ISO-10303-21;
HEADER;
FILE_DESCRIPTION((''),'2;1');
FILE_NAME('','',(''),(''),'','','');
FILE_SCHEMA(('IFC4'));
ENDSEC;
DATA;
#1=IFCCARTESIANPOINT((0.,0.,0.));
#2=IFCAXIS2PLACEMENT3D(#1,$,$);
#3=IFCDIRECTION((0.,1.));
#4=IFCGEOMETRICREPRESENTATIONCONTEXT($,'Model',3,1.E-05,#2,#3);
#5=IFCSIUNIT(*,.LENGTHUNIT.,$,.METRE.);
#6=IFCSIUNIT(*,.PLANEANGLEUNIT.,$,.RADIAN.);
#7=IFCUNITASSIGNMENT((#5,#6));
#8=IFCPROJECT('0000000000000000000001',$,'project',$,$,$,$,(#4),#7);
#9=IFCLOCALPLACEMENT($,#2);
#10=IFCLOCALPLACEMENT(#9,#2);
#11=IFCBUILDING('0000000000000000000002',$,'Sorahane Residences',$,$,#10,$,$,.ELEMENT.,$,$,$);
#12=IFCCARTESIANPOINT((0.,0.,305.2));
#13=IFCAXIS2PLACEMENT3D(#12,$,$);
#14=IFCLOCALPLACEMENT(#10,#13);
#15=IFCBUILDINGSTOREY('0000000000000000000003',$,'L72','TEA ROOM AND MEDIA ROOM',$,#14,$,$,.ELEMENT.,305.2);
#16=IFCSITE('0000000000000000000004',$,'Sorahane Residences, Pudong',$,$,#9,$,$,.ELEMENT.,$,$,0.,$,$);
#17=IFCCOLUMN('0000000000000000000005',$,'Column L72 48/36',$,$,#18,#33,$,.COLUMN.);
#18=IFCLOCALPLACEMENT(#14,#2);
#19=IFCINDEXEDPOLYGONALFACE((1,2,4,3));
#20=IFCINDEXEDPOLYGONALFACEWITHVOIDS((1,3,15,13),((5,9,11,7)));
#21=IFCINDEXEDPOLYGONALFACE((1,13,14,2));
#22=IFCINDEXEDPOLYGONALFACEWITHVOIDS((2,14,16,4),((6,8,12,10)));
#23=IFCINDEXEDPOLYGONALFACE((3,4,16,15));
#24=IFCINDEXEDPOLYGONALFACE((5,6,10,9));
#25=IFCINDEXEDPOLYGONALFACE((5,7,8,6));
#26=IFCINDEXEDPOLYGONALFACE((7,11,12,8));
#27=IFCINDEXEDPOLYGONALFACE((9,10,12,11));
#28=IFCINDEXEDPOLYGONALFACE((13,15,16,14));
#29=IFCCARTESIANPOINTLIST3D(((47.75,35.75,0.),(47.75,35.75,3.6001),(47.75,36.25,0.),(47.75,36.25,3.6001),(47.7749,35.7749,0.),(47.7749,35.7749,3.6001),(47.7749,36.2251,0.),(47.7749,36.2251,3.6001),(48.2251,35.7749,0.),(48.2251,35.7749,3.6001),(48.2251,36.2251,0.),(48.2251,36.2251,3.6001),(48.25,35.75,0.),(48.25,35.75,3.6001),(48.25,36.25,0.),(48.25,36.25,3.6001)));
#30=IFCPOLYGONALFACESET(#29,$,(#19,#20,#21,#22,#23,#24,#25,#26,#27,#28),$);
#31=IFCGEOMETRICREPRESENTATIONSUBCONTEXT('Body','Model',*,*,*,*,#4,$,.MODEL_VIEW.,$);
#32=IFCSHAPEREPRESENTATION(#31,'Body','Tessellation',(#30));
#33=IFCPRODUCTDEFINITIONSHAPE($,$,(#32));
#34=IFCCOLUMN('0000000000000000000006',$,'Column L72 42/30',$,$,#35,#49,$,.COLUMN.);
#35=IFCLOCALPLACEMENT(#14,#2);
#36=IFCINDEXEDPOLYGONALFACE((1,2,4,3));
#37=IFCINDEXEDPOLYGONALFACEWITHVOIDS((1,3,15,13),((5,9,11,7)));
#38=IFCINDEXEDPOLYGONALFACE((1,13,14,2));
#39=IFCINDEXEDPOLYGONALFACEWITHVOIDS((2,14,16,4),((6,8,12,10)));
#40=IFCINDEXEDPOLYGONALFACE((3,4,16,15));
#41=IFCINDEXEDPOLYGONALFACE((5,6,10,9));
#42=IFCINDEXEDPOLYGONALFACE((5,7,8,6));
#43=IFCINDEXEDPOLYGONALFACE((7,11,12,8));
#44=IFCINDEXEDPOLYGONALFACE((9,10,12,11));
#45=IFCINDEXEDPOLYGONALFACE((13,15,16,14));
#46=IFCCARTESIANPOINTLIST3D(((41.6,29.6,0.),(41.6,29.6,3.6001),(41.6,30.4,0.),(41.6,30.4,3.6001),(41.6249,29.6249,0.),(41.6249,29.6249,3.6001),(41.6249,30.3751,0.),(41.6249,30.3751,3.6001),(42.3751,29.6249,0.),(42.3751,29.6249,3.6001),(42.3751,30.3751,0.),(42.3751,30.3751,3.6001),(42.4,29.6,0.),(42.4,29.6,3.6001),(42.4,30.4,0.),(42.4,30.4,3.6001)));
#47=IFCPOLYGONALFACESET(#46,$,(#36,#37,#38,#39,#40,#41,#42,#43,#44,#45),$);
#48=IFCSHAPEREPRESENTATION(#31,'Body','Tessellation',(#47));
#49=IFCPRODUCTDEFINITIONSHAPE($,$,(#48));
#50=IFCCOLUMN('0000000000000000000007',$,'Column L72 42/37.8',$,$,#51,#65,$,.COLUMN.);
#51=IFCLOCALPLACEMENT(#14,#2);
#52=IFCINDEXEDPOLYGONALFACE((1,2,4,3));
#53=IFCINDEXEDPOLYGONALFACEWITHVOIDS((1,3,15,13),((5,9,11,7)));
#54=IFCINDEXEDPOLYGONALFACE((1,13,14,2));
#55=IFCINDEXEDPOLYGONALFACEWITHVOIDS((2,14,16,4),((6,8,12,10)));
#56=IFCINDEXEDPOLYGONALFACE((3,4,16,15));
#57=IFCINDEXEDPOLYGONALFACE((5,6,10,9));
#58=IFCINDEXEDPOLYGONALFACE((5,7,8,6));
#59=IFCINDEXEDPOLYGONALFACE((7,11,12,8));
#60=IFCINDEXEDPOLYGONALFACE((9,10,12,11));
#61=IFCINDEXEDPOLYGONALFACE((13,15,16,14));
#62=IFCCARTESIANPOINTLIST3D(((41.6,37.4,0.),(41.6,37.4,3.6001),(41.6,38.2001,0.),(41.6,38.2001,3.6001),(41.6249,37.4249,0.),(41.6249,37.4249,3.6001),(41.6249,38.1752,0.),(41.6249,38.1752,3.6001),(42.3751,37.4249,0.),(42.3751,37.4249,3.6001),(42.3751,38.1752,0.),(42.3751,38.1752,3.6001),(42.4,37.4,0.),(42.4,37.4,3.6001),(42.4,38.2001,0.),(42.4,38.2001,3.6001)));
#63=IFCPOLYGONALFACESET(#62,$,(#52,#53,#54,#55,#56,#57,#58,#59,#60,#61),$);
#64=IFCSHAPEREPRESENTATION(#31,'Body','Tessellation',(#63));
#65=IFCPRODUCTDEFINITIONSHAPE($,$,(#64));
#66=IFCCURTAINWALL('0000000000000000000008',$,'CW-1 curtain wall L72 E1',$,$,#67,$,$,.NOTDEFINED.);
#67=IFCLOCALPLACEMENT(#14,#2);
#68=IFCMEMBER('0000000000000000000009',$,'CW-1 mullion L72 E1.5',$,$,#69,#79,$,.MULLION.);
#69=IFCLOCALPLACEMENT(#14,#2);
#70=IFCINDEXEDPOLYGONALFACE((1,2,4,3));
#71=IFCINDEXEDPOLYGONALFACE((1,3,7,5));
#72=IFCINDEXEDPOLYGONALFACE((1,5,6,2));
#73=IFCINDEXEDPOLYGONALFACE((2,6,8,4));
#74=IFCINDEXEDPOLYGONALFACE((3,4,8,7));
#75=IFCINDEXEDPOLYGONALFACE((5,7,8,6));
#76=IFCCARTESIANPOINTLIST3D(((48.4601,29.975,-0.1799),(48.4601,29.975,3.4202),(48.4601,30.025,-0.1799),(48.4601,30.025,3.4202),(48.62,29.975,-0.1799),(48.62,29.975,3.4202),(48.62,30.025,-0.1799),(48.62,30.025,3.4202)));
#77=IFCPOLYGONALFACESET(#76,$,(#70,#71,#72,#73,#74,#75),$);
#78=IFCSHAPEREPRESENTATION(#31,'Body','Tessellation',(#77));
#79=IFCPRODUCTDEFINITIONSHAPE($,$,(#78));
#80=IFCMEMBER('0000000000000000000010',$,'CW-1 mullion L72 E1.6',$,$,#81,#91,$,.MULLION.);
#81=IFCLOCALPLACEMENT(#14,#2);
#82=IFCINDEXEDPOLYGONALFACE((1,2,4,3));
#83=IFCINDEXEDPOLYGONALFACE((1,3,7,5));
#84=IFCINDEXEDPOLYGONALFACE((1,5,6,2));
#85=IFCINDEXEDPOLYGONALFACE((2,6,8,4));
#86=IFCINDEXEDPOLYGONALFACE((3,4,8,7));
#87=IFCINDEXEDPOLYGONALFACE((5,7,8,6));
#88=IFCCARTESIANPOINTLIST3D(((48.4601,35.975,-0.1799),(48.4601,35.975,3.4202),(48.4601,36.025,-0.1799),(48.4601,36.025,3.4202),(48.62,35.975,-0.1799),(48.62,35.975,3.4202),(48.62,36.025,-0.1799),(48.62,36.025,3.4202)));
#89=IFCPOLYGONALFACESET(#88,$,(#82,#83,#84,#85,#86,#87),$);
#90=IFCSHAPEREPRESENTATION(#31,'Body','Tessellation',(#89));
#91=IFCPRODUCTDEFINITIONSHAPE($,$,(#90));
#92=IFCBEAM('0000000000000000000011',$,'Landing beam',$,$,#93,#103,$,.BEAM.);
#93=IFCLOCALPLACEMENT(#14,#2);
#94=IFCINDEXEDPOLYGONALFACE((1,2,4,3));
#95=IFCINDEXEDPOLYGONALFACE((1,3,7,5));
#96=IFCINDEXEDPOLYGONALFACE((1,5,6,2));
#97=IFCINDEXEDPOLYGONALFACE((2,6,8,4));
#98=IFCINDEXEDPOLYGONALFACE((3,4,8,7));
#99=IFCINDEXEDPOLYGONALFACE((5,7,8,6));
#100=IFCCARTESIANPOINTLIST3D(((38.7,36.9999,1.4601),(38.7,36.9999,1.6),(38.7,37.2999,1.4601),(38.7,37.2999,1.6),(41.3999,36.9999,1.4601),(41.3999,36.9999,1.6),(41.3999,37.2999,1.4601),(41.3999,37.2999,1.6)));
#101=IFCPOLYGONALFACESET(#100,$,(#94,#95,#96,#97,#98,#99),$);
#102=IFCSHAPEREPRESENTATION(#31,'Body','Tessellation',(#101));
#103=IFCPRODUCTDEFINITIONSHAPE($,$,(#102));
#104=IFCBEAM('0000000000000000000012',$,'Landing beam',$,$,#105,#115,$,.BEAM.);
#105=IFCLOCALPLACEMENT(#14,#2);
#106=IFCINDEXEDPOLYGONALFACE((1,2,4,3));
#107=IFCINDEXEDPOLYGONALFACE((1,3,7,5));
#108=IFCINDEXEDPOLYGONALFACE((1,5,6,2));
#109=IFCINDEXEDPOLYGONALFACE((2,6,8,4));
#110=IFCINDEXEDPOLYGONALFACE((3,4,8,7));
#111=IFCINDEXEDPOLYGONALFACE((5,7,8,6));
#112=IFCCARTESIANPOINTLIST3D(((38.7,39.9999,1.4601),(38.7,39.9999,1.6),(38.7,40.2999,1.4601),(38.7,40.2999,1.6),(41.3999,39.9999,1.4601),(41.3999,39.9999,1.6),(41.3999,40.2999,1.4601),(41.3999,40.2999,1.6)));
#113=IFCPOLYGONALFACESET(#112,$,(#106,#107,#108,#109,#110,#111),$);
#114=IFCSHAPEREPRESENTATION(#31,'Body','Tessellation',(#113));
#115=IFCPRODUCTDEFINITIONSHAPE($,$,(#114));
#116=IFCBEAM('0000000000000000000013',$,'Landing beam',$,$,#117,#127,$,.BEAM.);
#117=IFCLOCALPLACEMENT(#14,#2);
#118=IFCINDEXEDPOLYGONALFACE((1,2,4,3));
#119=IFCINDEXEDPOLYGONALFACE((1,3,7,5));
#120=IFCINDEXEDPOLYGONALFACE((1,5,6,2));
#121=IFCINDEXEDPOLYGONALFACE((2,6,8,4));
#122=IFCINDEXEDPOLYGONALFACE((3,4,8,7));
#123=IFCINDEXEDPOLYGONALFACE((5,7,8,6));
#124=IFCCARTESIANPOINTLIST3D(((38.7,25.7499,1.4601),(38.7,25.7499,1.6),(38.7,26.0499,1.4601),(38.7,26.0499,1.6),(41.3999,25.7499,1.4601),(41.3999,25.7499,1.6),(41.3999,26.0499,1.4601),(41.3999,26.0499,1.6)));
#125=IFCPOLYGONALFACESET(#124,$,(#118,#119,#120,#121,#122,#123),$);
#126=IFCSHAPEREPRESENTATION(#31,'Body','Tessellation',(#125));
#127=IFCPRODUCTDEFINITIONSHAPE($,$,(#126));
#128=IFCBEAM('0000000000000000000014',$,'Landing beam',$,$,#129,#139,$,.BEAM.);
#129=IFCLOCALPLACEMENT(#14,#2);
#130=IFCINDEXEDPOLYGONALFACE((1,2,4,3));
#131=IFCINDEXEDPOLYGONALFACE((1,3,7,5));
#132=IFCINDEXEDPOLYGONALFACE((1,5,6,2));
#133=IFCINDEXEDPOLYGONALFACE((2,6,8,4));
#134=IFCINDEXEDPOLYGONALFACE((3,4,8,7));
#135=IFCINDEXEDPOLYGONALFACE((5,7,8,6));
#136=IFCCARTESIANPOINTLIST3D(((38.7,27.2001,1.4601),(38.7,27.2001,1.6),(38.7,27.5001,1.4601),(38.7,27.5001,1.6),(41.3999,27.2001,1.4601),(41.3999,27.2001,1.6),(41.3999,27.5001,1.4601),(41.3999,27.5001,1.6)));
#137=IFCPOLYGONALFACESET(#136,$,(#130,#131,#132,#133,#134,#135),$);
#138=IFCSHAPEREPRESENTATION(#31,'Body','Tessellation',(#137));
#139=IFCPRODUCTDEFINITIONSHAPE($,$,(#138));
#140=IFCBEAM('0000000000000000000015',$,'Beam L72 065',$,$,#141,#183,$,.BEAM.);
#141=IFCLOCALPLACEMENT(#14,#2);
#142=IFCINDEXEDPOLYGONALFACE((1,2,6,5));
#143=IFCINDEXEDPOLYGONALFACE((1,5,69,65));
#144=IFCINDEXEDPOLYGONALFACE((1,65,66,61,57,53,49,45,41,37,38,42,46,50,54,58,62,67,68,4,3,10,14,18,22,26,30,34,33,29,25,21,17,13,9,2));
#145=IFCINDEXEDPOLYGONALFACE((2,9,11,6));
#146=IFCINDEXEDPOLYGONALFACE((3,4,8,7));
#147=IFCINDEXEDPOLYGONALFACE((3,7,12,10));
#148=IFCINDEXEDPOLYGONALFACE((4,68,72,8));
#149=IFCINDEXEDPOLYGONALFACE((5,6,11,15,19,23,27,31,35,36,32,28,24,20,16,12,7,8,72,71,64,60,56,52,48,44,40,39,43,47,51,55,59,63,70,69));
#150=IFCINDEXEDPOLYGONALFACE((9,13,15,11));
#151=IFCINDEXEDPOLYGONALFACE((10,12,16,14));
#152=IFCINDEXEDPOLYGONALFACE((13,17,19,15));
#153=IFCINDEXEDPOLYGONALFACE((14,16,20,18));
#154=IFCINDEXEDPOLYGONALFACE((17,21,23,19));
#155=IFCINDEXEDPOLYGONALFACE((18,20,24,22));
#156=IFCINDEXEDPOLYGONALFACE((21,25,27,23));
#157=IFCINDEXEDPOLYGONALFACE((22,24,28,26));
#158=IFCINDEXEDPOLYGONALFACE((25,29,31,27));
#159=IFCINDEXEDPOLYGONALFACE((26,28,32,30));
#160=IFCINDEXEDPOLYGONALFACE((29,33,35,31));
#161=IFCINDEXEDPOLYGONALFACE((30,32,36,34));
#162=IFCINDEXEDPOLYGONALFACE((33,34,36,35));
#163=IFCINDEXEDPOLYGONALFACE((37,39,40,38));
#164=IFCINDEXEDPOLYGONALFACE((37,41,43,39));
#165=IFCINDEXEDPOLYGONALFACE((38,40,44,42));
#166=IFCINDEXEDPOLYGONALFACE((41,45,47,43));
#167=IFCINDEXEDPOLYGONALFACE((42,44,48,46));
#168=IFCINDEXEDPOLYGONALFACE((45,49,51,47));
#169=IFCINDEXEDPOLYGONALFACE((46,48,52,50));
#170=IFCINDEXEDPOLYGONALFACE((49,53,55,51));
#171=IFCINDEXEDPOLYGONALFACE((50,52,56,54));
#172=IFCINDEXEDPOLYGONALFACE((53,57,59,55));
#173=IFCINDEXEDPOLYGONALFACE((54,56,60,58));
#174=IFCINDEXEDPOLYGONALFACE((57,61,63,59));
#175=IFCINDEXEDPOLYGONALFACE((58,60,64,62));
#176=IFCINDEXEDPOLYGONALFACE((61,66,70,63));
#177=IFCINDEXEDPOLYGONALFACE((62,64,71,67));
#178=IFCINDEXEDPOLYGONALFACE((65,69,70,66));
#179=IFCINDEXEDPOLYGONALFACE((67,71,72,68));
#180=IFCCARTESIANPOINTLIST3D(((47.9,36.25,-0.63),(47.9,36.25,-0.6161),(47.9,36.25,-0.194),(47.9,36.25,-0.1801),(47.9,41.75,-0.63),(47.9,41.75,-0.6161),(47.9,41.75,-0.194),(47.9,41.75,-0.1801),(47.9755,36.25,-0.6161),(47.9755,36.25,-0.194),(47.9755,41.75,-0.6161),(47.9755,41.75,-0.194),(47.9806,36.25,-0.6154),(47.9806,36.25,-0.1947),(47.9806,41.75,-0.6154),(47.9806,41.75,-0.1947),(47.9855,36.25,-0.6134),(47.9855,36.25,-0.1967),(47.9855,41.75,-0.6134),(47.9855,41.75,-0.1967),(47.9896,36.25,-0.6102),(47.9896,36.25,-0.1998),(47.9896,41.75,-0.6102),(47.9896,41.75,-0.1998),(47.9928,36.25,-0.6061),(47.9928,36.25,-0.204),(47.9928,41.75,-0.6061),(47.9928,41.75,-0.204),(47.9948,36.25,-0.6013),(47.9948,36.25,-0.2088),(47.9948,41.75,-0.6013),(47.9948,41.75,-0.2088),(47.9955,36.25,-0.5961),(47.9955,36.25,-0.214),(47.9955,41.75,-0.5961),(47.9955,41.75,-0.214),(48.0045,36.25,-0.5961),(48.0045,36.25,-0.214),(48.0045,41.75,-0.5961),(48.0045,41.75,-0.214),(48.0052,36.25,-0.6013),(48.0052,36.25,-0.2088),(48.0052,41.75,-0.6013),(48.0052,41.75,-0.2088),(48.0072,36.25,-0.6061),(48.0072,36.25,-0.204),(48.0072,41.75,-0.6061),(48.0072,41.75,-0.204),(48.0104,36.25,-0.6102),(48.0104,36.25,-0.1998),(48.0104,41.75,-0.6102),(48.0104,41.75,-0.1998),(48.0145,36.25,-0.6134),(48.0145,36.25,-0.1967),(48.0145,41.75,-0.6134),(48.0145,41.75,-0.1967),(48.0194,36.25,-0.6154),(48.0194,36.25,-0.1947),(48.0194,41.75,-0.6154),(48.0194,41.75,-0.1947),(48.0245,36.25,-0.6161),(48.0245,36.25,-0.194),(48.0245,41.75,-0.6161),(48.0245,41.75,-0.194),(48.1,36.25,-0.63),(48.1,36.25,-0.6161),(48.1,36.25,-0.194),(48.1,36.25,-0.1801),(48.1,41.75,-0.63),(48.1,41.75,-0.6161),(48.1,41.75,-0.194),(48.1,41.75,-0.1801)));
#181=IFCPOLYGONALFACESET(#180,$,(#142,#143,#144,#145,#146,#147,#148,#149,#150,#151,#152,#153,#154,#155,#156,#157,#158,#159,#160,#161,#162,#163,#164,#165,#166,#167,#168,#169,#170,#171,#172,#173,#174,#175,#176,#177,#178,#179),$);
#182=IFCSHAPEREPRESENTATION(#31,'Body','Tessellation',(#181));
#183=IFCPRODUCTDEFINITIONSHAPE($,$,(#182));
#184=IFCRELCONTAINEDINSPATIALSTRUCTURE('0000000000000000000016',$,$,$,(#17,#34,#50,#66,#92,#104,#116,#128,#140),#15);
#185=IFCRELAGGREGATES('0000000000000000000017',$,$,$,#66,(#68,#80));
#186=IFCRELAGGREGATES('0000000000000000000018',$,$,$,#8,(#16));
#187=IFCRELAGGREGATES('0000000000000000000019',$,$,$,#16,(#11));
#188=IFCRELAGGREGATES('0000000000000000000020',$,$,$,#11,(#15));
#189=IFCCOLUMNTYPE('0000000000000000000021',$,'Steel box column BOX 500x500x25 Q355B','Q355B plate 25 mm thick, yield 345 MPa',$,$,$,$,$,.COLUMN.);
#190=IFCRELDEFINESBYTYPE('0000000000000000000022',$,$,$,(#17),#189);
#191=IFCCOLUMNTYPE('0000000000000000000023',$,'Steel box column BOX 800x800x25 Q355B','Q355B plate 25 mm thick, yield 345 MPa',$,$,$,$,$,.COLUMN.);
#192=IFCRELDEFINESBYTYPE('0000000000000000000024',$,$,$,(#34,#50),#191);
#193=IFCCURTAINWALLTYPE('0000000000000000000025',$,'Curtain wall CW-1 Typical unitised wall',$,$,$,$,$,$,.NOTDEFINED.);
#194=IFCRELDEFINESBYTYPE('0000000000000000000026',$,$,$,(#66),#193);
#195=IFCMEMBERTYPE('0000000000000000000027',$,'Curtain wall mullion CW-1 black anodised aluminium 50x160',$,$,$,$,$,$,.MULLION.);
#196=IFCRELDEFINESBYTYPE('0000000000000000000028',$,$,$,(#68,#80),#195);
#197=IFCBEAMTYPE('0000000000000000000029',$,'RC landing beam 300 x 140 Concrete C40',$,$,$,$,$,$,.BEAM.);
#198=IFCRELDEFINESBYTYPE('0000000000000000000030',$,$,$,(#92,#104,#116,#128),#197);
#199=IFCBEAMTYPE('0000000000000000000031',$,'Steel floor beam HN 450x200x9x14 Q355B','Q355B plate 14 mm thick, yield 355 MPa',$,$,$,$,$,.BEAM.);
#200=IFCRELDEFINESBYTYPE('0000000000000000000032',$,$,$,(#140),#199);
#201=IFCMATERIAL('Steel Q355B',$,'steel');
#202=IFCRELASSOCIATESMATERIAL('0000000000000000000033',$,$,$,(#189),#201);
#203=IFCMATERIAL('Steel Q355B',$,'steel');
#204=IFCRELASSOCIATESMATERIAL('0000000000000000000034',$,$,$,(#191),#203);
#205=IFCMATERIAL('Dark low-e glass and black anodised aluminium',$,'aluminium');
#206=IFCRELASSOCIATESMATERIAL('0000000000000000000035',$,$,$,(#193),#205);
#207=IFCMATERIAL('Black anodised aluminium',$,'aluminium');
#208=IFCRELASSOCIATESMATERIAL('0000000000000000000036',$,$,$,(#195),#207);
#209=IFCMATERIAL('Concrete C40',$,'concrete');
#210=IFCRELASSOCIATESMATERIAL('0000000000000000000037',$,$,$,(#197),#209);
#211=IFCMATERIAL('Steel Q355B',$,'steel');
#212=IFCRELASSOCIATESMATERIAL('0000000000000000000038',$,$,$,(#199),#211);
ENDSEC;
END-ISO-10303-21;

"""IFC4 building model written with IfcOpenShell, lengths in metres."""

from ifc_helpers import new_model, si_unit, direction, frame, origin, origin_2d, place, context, subcontext, project, spatial, rectangle, hollow_rectangle, i_section, extrude, material, material_profile, profile_set, type_object, element, aggregate, save


model = new_model("IFC4")

# Units and contexts
model_context = context("Model", 3, precision=1e-05, world=origin(), true_north=direction((0.0, 1.0)))
body_context = subcontext(model_context, "Body", "Model", "MODEL_VIEW")
ifc_project = project(units=[si_unit("LENGTHUNIT", "METRE"), si_unit("PLANEANGLEUNIT", "RADIAN")], contexts=[model_context])

# Site, building, storey
site_placement = place(None, origin())
site = spatial("IfcSite", under=ifc_project, at=site_placement, Name="Sorahane Residences, Pudong", CompositionType="ELEMENT", RefElevation=0.0)
building_placement = place(site_placement, origin())
building = spatial("IfcBuilding", under=site, at=building_placement, Name="Sorahane Residences", CompositionType="ELEMENT")
storey_placement = place(building_placement, frame((0.0, 0.0, 305.2)))
storey = spatial("IfcBuildingStorey", under=building, at=storey_placement, Name="L72", Description="TEA ROOM AND MEDIA ROOM", CompositionType="ELEMENT", Elevation=305.2)

# Columns
ifc_material_1 = material(Name="Steel Q355B", Category="steel")
ifc_material_profile_1 = material_profile(ifc_material_1, hollow_rectangle(XDim=0.5, YDim=0.5, WallThickness=0.0249, at=origin_2d()), Name="BOX 500x500x25")
ifc_profile_set_1 = profile_set([ifc_material_profile_1], Name="Steel Q355B")
column_type_1 = type_object("IfcColumnType", Name="Steel box column BOX 500x500x25 Q355B", Description="Q355B plate 25 mm thick, yield 345 MPa", PredefinedType="COLUMN", material=ifc_profile_set_1)
column_placement = place(storey_placement, frame((48.0, 36.0, 0.0), z_axis=(0.0, 0.0, 1.0), x_axis=(1.0, 0.0, 0.0)))
element("IfcColumn", 1, at=column_placement, inside=storey, type_object=column_type_1, Name="Column L72 48/36", PredefinedType="COLUMN", context=body_context, shape_type="SweptSolid", body=[
    extrude(hollow_rectangle(XDim=0.5, YDim=0.5, WallThickness=0.0249, at=origin_2d()), origin(), (0.0, 0.0, 1.0), 3.6001),
])
ifc_material_2 = material(Name="Steel Q355B", Category="steel")
ifc_material_profile_2 = material_profile(ifc_material_2, hollow_rectangle(XDim=0.8, YDim=0.8, WallThickness=0.0249, at=origin_2d()), Name="BOX 800x800x25")
ifc_profile_set_2 = profile_set([ifc_material_profile_2], Name="Steel Q355B")
column_type_2 = type_object("IfcColumnType", Name="Steel box column BOX 800x800x25 Q355B", Description="Q355B plate 25 mm thick, yield 345 MPa", PredefinedType="COLUMN", material=ifc_profile_set_2)
for number, where, z_axis, x_axis, name in (
    (2, (42.0, 30.0, 0.0), (0.0, 0.0, 1.0), (1.0, 0.0, 0.0), "Column L72 42/30"),
    (3, (42.0, 37.8, 0.0), (0.0, 0.0, 1.0), (1.0, 0.0, 0.0), "Column L72 42/37.8"),
):
    element("IfcColumn", number, at=place(storey_placement, frame(where, z_axis=z_axis, x_axis=x_axis)), inside=storey, type_object=column_type_2, Name=name, PredefinedType="COLUMN", context=body_context, shape_type="SweptSolid", body=[
        extrude(hollow_rectangle(XDim=0.8, YDim=0.8, WallThickness=0.0249, at=origin_2d()), origin(), (0.0, 0.0, 1.0), 3.6001),
    ])

# Curtain wall, members
ifc_material_3 = material(Name="Dark low-e glass and black anodised aluminium", Category="aluminium")
curtain_wall_type = type_object("IfcCurtainWallType", Name="Curtain wall CW-1 Typical unitised wall", PredefinedType="NOTDEFINED", material=ifc_material_3)
curtain_wall_placement = place(storey_placement, origin())
curtain_wall = element("IfcCurtainWall", 4, at=curtain_wall_placement, inside=storey, type_object=curtain_wall_type, Name="CW-1 curtain wall L72 E1", PredefinedType="NOTDEFINED")
ifc_material_4 = material(Name="Black anodised aluminium", Category="aluminium")
ifc_material_profile_3 = material_profile(ifc_material_4, rectangle(XDim=0.1599, YDim=0.05, at=origin_2d()), Name="Curtain wall mullion CW-1 black anodised aluminium 50x160")
ifc_profile_set_3 = profile_set([ifc_material_profile_3], Name="Black anodised aluminium")
member_type = type_object("IfcMemberType", Name="Curtain wall mullion CW-1 black anodised aluminium 50x160", PredefinedType="MULLION", material=ifc_profile_set_3)
member_1_placement = place(storey_placement, frame((48.54, 30.0, -0.1799), z_axis=(0.0, 0.0, 1.0), x_axis=(1.0, 0.0, 0.0)))
member_1 = element("IfcMember", 5, at=member_1_placement, type_object=member_type, Name="CW-1 mullion L72 E1.5", PredefinedType="MULLION", context=body_context, shape_type="SweptSolid", body=[
    extrude(rectangle(XDim=0.1599, YDim=0.05, at=origin_2d()), origin(), (0.0, 0.0, 1.0), 3.6001),
])
member_2_placement = place(storey_placement, frame((48.54, 36.0, -0.1799), z_axis=(0.0, 0.0, 1.0), x_axis=(1.0, 0.0, 0.0)))
member_2 = element("IfcMember", 6, at=member_2_placement, type_object=member_type, Name="CW-1 mullion L72 E1.6", PredefinedType="MULLION", context=body_context, shape_type="SweptSolid", body=[
    extrude(rectangle(XDim=0.1599, YDim=0.05, at=origin_2d()), origin(), (0.0, 0.0, 1.0), 3.6001),
])

# Beams
ifc_material_5 = material(Name="Concrete C40", Category="concrete")
ifc_material_profile_4 = material_profile(ifc_material_5, rectangle(XDim=0.3, YDim=0.1399, at=origin_2d()), Name="300x140")
ifc_profile_set_4 = profile_set([ifc_material_profile_4], Name="Concrete C40")
beam_type_1 = type_object("IfcBeamType", Name="RC landing beam 300 x 140 Concrete C40", PredefinedType="BEAM", material=ifc_profile_set_4)
for number, where, z_axis, x_axis, name in (
    (7, (38.7, 37.1499, 1.53), (1.0, 0.0, 0.0), (0.0, 1.0, 0.0), "Landing beam"),
    (8, (38.7, 40.1499, 1.53), (1.0, 0.0, 0.0), (0.0, 1.0, 0.0), "Landing beam"),
    (9, (38.7, 25.8999, 1.53), (1.0, 0.0, 0.0), (0.0, 1.0, 0.0), "Landing beam"),
    (10, (38.7, 27.3501, 1.53), (1.0, 0.0, 0.0), (0.0, 1.0, 0.0), "Landing beam"),
):
    element("IfcBeam", number, at=place(storey_placement, frame(where, z_axis=z_axis, x_axis=x_axis)), inside=storey, type_object=beam_type_1, Name=name, PredefinedType="BEAM", context=body_context, shape_type="SweptSolid", body=[
        extrude(rectangle(XDim=0.3, YDim=0.1399, at=origin_2d()), origin(), (0.0, 0.0, 1.0), 2.7),
    ])
ifc_material_6 = material(Name="Steel Q355B", Category="steel")
ifc_material_profile_5 = material_profile(ifc_material_6, i_section(OverallWidth=0.2, OverallDepth=0.45, WebThickness=0.009, FlangeThickness=0.0139, FilletRadius=0.02, at=origin_2d()), Name="HN 450x200x9x14")
ifc_profile_set_5 = profile_set([ifc_material_profile_5], Name="Steel Q355B")
beam_type_2 = type_object("IfcBeamType", Name="Steel floor beam HN 450x200x9x14 Q355B", Description="Q355B plate 14 mm thick, yield 355 MPa", PredefinedType="BEAM", material=ifc_profile_set_5)
beam_1_placement = place(storey_placement, frame((48.0, 36.25, -0.405), z_axis=(0.0, 1.0, 0.0), x_axis=(-1.0, 0.0, 0.0)))
element("IfcBeam", 11, at=beam_1_placement, inside=storey, type_object=beam_type_2, Name="Beam L72 065", PredefinedType="BEAM", context=body_context, shape_type="SweptSolid", body=[
    extrude(i_section(OverallWidth=0.2, OverallDepth=0.45, WebThickness=0.009, FlangeThickness=0.0139, FilletRadius=0.02, at=origin_2d()), origin(), (0.0, 0.0, 1.0), 5.5),
])

aggregate(curtain_wall, [member_1, member_2])

save(model, "model.ifc")
